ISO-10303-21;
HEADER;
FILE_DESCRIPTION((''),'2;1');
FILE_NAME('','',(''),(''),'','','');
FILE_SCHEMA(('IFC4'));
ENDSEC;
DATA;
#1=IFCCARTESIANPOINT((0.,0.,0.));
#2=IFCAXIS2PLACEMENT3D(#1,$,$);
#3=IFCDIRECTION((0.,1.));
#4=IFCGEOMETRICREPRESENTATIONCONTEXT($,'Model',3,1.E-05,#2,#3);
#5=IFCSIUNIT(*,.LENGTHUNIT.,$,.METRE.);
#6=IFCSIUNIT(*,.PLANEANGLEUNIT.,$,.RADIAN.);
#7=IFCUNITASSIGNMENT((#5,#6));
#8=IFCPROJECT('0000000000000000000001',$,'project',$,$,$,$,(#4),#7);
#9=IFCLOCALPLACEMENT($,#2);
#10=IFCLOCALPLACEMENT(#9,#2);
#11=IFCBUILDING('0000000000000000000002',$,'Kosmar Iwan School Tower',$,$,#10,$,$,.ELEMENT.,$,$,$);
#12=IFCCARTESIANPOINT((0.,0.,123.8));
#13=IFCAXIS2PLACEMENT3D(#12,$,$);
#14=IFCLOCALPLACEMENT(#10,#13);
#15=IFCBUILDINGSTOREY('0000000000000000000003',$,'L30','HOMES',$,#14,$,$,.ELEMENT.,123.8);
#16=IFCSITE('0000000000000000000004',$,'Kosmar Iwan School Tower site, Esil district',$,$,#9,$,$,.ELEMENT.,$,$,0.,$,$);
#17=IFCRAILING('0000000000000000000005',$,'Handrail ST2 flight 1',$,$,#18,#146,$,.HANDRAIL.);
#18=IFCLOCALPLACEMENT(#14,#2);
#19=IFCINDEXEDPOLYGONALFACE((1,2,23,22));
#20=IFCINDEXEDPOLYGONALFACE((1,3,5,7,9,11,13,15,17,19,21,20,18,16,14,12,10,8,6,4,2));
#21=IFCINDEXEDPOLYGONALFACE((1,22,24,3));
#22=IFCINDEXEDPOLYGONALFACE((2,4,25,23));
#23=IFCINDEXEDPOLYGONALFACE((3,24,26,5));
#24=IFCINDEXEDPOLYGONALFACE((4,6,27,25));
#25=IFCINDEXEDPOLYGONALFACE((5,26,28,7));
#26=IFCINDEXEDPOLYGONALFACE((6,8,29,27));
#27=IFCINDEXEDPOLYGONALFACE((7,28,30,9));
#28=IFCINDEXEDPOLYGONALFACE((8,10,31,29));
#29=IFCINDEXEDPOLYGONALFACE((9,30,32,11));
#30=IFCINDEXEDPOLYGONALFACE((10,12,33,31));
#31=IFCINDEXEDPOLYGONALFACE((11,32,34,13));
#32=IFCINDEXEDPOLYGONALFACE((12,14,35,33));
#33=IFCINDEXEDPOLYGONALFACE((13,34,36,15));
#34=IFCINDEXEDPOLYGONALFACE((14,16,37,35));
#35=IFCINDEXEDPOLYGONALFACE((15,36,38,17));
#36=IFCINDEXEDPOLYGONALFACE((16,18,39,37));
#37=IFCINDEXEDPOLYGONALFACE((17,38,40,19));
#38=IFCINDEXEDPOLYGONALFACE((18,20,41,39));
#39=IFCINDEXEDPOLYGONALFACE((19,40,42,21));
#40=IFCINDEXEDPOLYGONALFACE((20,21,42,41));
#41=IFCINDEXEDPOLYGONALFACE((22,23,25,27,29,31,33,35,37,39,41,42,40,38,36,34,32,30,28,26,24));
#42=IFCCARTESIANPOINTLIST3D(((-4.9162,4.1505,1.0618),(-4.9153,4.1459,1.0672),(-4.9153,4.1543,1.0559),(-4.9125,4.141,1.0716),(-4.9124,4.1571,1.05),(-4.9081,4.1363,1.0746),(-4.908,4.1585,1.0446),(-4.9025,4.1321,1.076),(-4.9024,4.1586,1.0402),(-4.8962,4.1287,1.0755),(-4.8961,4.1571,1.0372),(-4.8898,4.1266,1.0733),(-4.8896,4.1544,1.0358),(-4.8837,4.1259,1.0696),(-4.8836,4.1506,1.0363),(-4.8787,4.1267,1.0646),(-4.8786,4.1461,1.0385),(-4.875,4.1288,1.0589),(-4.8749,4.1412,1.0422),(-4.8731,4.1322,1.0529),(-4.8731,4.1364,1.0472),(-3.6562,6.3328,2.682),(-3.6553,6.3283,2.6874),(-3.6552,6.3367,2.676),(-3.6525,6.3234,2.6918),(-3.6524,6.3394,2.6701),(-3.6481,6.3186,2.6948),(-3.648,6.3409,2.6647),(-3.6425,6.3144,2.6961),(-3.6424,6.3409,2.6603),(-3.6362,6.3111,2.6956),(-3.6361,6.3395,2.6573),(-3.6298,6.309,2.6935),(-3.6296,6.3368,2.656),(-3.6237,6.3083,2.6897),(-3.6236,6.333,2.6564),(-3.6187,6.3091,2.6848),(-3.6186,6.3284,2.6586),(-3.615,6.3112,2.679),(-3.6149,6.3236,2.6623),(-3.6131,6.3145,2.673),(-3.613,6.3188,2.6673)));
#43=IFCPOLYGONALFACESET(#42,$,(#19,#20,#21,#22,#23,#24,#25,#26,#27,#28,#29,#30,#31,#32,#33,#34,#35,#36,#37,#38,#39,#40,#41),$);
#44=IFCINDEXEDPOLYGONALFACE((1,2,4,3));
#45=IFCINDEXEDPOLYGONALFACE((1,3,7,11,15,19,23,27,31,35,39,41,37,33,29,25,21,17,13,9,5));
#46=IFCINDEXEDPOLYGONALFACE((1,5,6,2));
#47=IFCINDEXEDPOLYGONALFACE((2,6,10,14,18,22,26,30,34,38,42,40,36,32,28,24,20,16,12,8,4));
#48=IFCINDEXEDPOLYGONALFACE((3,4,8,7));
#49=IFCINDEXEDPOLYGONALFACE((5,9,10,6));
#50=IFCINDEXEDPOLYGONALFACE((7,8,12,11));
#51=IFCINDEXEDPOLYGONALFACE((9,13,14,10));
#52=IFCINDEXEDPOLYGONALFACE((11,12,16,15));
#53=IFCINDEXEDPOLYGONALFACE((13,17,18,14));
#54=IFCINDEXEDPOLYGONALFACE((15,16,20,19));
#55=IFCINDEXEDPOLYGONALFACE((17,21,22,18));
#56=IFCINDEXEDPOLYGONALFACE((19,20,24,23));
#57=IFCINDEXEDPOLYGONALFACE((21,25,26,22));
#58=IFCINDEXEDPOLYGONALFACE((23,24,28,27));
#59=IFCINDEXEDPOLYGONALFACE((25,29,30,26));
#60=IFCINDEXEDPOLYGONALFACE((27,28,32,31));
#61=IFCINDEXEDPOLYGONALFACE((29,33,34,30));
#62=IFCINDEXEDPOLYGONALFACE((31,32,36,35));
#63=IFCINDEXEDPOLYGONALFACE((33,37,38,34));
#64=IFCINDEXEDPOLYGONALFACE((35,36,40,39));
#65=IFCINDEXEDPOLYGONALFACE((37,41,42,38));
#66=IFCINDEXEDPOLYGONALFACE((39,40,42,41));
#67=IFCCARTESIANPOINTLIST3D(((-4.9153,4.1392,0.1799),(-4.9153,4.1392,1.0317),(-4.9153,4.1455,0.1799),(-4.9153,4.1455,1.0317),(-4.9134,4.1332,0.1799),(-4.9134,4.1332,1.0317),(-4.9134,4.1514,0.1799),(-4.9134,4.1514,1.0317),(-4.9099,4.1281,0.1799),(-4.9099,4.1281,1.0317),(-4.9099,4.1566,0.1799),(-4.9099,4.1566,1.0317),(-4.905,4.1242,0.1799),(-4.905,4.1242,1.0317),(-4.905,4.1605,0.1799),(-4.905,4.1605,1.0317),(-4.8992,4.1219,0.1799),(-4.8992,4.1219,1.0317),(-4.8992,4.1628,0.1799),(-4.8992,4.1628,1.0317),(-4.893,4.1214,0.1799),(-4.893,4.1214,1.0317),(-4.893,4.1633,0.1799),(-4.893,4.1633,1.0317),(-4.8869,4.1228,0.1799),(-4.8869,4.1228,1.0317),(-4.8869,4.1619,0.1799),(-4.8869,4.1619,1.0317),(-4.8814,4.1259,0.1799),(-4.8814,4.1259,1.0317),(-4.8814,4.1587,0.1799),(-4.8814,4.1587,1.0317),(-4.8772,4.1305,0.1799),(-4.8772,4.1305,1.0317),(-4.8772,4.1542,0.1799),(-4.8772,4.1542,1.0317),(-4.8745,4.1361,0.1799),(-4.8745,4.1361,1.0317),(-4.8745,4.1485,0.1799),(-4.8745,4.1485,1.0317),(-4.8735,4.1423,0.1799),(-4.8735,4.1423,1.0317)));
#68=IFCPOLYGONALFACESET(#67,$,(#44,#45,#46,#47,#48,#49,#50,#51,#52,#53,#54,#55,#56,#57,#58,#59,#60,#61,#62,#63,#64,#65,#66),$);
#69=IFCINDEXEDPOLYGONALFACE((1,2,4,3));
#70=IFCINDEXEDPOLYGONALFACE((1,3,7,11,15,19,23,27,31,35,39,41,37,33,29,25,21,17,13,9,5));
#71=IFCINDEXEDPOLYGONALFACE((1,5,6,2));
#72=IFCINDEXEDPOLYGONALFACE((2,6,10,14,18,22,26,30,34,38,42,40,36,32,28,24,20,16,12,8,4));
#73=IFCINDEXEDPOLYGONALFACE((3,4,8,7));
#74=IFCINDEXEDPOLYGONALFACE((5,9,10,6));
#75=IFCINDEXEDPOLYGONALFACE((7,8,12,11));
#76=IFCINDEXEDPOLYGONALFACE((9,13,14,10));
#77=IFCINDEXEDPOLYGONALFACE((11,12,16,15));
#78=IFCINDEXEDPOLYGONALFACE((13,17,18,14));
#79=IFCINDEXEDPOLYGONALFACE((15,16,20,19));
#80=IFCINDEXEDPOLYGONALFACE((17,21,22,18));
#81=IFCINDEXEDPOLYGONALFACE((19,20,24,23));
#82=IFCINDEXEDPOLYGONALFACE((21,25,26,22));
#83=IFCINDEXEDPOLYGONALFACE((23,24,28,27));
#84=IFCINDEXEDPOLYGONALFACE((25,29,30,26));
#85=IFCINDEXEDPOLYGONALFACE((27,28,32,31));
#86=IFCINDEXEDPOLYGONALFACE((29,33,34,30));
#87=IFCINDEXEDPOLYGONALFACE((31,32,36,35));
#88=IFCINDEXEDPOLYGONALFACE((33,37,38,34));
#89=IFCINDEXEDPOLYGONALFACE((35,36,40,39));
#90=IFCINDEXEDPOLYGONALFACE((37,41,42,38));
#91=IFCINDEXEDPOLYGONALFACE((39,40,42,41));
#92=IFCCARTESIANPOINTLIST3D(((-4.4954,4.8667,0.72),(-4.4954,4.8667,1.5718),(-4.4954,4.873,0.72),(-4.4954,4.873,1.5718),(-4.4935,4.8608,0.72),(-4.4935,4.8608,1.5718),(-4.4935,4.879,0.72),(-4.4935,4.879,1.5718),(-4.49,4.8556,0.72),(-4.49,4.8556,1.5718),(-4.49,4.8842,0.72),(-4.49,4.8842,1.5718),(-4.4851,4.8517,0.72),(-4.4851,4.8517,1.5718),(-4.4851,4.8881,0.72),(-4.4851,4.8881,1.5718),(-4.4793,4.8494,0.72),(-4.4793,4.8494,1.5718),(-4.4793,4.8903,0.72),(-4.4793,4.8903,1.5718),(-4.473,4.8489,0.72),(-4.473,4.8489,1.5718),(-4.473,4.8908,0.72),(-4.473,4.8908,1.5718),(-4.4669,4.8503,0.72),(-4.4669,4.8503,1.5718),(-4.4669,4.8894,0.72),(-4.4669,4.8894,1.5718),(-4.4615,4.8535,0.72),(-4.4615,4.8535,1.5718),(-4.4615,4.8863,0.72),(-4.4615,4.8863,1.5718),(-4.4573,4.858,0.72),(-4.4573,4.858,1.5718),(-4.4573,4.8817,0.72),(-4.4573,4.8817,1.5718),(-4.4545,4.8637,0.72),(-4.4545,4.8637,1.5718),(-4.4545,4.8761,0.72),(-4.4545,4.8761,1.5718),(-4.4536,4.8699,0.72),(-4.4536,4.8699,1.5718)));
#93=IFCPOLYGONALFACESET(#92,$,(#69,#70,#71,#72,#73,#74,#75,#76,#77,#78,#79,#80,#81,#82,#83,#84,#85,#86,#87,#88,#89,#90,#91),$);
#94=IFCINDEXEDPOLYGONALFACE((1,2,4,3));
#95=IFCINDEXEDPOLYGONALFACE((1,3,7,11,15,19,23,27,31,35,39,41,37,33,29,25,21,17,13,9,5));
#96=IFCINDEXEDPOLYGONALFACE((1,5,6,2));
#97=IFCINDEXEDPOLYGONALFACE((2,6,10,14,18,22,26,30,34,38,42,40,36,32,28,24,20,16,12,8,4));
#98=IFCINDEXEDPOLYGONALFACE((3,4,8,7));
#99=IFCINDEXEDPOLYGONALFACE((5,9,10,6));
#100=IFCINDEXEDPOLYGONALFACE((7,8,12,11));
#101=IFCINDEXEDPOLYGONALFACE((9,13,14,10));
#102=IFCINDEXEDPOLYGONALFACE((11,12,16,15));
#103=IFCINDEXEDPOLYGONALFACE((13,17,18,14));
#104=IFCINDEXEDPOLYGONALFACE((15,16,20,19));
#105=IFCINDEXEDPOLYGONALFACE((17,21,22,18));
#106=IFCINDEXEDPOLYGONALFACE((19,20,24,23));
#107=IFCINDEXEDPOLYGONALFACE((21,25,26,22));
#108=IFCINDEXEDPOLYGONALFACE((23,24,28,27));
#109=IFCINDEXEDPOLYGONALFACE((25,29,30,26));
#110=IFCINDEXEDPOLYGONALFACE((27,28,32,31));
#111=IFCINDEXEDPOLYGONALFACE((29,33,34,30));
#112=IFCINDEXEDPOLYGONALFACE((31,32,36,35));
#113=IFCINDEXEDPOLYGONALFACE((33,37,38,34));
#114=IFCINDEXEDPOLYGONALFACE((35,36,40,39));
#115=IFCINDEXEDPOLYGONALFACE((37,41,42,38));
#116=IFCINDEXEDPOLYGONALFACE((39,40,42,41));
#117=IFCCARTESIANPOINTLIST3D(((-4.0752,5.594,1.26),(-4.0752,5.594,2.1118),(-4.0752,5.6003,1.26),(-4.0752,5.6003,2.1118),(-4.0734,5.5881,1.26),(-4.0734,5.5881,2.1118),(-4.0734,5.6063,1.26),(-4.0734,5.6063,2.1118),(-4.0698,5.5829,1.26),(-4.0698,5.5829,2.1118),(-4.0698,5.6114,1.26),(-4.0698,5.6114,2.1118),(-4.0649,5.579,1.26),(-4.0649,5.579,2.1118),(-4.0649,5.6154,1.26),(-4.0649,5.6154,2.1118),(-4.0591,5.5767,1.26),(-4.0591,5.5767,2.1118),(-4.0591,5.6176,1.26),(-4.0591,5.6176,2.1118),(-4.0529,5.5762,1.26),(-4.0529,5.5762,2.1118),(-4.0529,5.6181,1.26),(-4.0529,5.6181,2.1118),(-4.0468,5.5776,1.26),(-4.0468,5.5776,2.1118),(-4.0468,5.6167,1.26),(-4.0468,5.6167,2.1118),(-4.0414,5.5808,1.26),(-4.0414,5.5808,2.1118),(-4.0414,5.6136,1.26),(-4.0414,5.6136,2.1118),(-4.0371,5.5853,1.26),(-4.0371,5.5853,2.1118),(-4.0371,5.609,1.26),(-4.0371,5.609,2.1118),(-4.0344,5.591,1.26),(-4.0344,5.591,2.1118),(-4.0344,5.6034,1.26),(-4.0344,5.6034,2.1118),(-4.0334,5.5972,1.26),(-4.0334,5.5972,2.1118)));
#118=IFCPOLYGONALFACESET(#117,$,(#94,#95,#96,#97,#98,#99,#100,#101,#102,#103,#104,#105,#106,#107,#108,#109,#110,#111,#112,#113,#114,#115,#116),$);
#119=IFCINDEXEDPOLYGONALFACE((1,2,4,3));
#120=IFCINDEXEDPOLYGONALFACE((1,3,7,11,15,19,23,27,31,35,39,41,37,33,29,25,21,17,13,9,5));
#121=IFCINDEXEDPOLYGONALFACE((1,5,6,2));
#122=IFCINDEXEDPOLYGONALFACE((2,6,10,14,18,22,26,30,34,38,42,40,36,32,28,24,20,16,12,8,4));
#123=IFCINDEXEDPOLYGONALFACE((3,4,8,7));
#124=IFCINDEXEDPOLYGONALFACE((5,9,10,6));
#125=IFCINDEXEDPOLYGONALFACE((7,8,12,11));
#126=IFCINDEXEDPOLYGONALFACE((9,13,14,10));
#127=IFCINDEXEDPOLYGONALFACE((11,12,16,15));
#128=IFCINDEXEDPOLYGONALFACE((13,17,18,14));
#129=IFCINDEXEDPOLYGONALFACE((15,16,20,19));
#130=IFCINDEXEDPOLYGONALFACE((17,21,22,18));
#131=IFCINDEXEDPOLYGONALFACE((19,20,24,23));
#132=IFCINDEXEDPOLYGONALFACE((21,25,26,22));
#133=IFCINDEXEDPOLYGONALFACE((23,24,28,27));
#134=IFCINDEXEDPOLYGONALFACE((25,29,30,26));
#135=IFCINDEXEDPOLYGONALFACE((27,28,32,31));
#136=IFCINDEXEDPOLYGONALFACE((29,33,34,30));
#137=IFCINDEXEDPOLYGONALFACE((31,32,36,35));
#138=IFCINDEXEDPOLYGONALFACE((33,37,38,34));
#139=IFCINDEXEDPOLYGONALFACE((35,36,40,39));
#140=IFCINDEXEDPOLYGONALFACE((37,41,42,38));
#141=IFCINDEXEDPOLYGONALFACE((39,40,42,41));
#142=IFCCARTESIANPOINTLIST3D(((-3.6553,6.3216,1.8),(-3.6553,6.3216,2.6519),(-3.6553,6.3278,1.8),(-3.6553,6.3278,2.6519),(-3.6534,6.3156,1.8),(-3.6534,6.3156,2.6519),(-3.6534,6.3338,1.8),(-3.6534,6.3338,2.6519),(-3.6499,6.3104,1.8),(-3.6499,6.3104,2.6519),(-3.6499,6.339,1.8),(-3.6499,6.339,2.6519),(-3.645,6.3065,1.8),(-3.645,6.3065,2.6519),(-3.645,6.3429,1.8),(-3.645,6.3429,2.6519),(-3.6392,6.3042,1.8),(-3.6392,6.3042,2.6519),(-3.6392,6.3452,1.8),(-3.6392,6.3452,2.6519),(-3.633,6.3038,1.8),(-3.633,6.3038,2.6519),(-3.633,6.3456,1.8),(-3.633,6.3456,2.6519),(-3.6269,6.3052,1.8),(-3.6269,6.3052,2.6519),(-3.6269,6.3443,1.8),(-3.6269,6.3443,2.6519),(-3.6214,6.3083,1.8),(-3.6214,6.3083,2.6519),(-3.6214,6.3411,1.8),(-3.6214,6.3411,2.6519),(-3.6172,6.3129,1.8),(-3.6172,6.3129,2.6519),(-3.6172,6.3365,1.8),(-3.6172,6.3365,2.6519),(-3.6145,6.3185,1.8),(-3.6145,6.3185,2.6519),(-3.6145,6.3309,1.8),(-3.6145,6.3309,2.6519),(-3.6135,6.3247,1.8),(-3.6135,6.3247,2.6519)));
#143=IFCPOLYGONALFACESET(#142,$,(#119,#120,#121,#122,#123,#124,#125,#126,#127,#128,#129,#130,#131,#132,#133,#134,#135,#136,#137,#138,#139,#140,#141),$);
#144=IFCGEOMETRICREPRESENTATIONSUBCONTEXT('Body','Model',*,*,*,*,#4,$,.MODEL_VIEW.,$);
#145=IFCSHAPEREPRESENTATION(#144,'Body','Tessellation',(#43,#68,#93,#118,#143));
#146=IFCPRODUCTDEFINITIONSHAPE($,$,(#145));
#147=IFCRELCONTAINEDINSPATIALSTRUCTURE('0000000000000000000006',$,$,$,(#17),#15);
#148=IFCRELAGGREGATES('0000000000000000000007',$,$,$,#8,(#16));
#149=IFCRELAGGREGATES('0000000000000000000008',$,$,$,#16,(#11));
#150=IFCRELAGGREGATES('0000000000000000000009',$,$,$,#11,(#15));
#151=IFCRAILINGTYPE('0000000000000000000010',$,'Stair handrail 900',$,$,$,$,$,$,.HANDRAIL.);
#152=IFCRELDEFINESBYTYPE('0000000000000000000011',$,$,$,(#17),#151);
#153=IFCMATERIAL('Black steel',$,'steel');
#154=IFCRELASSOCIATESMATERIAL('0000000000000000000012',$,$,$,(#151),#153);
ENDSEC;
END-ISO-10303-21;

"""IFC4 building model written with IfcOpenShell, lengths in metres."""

from ifc_helpers import new_model, si_unit, direction, frame, origin, origin_2d, place, context, subcontext, project, spatial, circle, extrude, material, type_object, element, save


model = new_model("IFC4")

# Units and contexts
model_context = context("Model", 3, precision=1e-05, world=origin(), true_north=direction((0.0, 1.0)))
body_context = subcontext(model_context, "Body", "Model", "MODEL_VIEW")
ifc_project = project(units=[si_unit("LENGTHUNIT", "METRE"), si_unit("PLANEANGLEUNIT", "RADIAN")], contexts=[model_context])

# Site, building, storey
site_placement = place(None, origin())
site = spatial("IfcSite", under=ifc_project, at=site_placement, Name="Kosmar Iwan School Tower site, Esil district", CompositionType="ELEMENT", RefElevation=0.0)
building_placement = place(site_placement, origin())
building = spatial("IfcBuilding", under=site, at=building_placement, Name="Kosmar Iwan School Tower", CompositionType="ELEMENT")
storey_placement = place(building_placement, frame((0.0, 0.0, 123.8)))
storey = spatial("IfcBuildingStorey", under=building, at=storey_placement, Name="L30", Description="HOMES", CompositionType="ELEMENT", Elevation=123.8)

# Railing
ifc_material_1 = material(Name="Black steel", Category="steel")
railing_type = type_object("IfcRailingType", Name="Stair handrail 900", PredefinedType="HANDRAIL", material=ifc_material_1)
railing_1_placement = place(storey_placement, frame((-4.8945, 4.1423, 0.1799)))
element("IfcRailing", 1, at=railing_1_placement, inside=storey, type_object=railing_type, Name="Handrail ST2 flight 1", PredefinedType="HANDRAIL", context=body_context, shape_type="SweptSolid", body=[
    extrude(circle(Radius=0.0239, at=origin_2d()), frame((0.0, 0.0, 0.876), z_axis=(0.420584, 0.728464, 0.540786), x_axis=(-0.866023, 0.500005, 0.0)), (0.0, 0.0, 1.0), 2.9958),
    extrude(circle(Radius=0.021, at=origin_2d()), origin(), (0.0, 0.0, 1.0), 0.8518),
    extrude(circle(Radius=0.021, at=origin_2d()), frame((0.4199, 0.7275, 0.54)), (0.0, 0.0, 1.0), 0.8518),
    extrude(circle(Radius=0.021, at=origin_2d()), frame((0.8401, 1.4548, 1.0801)), (0.0, 0.0, 1.0), 0.8518),
    extrude(circle(Radius=0.021, at=origin_2d()), frame((1.26, 2.1824, 1.6201)), (0.0, 0.0, 1.0), 0.8518),
])

save(model, "model.ifc")
